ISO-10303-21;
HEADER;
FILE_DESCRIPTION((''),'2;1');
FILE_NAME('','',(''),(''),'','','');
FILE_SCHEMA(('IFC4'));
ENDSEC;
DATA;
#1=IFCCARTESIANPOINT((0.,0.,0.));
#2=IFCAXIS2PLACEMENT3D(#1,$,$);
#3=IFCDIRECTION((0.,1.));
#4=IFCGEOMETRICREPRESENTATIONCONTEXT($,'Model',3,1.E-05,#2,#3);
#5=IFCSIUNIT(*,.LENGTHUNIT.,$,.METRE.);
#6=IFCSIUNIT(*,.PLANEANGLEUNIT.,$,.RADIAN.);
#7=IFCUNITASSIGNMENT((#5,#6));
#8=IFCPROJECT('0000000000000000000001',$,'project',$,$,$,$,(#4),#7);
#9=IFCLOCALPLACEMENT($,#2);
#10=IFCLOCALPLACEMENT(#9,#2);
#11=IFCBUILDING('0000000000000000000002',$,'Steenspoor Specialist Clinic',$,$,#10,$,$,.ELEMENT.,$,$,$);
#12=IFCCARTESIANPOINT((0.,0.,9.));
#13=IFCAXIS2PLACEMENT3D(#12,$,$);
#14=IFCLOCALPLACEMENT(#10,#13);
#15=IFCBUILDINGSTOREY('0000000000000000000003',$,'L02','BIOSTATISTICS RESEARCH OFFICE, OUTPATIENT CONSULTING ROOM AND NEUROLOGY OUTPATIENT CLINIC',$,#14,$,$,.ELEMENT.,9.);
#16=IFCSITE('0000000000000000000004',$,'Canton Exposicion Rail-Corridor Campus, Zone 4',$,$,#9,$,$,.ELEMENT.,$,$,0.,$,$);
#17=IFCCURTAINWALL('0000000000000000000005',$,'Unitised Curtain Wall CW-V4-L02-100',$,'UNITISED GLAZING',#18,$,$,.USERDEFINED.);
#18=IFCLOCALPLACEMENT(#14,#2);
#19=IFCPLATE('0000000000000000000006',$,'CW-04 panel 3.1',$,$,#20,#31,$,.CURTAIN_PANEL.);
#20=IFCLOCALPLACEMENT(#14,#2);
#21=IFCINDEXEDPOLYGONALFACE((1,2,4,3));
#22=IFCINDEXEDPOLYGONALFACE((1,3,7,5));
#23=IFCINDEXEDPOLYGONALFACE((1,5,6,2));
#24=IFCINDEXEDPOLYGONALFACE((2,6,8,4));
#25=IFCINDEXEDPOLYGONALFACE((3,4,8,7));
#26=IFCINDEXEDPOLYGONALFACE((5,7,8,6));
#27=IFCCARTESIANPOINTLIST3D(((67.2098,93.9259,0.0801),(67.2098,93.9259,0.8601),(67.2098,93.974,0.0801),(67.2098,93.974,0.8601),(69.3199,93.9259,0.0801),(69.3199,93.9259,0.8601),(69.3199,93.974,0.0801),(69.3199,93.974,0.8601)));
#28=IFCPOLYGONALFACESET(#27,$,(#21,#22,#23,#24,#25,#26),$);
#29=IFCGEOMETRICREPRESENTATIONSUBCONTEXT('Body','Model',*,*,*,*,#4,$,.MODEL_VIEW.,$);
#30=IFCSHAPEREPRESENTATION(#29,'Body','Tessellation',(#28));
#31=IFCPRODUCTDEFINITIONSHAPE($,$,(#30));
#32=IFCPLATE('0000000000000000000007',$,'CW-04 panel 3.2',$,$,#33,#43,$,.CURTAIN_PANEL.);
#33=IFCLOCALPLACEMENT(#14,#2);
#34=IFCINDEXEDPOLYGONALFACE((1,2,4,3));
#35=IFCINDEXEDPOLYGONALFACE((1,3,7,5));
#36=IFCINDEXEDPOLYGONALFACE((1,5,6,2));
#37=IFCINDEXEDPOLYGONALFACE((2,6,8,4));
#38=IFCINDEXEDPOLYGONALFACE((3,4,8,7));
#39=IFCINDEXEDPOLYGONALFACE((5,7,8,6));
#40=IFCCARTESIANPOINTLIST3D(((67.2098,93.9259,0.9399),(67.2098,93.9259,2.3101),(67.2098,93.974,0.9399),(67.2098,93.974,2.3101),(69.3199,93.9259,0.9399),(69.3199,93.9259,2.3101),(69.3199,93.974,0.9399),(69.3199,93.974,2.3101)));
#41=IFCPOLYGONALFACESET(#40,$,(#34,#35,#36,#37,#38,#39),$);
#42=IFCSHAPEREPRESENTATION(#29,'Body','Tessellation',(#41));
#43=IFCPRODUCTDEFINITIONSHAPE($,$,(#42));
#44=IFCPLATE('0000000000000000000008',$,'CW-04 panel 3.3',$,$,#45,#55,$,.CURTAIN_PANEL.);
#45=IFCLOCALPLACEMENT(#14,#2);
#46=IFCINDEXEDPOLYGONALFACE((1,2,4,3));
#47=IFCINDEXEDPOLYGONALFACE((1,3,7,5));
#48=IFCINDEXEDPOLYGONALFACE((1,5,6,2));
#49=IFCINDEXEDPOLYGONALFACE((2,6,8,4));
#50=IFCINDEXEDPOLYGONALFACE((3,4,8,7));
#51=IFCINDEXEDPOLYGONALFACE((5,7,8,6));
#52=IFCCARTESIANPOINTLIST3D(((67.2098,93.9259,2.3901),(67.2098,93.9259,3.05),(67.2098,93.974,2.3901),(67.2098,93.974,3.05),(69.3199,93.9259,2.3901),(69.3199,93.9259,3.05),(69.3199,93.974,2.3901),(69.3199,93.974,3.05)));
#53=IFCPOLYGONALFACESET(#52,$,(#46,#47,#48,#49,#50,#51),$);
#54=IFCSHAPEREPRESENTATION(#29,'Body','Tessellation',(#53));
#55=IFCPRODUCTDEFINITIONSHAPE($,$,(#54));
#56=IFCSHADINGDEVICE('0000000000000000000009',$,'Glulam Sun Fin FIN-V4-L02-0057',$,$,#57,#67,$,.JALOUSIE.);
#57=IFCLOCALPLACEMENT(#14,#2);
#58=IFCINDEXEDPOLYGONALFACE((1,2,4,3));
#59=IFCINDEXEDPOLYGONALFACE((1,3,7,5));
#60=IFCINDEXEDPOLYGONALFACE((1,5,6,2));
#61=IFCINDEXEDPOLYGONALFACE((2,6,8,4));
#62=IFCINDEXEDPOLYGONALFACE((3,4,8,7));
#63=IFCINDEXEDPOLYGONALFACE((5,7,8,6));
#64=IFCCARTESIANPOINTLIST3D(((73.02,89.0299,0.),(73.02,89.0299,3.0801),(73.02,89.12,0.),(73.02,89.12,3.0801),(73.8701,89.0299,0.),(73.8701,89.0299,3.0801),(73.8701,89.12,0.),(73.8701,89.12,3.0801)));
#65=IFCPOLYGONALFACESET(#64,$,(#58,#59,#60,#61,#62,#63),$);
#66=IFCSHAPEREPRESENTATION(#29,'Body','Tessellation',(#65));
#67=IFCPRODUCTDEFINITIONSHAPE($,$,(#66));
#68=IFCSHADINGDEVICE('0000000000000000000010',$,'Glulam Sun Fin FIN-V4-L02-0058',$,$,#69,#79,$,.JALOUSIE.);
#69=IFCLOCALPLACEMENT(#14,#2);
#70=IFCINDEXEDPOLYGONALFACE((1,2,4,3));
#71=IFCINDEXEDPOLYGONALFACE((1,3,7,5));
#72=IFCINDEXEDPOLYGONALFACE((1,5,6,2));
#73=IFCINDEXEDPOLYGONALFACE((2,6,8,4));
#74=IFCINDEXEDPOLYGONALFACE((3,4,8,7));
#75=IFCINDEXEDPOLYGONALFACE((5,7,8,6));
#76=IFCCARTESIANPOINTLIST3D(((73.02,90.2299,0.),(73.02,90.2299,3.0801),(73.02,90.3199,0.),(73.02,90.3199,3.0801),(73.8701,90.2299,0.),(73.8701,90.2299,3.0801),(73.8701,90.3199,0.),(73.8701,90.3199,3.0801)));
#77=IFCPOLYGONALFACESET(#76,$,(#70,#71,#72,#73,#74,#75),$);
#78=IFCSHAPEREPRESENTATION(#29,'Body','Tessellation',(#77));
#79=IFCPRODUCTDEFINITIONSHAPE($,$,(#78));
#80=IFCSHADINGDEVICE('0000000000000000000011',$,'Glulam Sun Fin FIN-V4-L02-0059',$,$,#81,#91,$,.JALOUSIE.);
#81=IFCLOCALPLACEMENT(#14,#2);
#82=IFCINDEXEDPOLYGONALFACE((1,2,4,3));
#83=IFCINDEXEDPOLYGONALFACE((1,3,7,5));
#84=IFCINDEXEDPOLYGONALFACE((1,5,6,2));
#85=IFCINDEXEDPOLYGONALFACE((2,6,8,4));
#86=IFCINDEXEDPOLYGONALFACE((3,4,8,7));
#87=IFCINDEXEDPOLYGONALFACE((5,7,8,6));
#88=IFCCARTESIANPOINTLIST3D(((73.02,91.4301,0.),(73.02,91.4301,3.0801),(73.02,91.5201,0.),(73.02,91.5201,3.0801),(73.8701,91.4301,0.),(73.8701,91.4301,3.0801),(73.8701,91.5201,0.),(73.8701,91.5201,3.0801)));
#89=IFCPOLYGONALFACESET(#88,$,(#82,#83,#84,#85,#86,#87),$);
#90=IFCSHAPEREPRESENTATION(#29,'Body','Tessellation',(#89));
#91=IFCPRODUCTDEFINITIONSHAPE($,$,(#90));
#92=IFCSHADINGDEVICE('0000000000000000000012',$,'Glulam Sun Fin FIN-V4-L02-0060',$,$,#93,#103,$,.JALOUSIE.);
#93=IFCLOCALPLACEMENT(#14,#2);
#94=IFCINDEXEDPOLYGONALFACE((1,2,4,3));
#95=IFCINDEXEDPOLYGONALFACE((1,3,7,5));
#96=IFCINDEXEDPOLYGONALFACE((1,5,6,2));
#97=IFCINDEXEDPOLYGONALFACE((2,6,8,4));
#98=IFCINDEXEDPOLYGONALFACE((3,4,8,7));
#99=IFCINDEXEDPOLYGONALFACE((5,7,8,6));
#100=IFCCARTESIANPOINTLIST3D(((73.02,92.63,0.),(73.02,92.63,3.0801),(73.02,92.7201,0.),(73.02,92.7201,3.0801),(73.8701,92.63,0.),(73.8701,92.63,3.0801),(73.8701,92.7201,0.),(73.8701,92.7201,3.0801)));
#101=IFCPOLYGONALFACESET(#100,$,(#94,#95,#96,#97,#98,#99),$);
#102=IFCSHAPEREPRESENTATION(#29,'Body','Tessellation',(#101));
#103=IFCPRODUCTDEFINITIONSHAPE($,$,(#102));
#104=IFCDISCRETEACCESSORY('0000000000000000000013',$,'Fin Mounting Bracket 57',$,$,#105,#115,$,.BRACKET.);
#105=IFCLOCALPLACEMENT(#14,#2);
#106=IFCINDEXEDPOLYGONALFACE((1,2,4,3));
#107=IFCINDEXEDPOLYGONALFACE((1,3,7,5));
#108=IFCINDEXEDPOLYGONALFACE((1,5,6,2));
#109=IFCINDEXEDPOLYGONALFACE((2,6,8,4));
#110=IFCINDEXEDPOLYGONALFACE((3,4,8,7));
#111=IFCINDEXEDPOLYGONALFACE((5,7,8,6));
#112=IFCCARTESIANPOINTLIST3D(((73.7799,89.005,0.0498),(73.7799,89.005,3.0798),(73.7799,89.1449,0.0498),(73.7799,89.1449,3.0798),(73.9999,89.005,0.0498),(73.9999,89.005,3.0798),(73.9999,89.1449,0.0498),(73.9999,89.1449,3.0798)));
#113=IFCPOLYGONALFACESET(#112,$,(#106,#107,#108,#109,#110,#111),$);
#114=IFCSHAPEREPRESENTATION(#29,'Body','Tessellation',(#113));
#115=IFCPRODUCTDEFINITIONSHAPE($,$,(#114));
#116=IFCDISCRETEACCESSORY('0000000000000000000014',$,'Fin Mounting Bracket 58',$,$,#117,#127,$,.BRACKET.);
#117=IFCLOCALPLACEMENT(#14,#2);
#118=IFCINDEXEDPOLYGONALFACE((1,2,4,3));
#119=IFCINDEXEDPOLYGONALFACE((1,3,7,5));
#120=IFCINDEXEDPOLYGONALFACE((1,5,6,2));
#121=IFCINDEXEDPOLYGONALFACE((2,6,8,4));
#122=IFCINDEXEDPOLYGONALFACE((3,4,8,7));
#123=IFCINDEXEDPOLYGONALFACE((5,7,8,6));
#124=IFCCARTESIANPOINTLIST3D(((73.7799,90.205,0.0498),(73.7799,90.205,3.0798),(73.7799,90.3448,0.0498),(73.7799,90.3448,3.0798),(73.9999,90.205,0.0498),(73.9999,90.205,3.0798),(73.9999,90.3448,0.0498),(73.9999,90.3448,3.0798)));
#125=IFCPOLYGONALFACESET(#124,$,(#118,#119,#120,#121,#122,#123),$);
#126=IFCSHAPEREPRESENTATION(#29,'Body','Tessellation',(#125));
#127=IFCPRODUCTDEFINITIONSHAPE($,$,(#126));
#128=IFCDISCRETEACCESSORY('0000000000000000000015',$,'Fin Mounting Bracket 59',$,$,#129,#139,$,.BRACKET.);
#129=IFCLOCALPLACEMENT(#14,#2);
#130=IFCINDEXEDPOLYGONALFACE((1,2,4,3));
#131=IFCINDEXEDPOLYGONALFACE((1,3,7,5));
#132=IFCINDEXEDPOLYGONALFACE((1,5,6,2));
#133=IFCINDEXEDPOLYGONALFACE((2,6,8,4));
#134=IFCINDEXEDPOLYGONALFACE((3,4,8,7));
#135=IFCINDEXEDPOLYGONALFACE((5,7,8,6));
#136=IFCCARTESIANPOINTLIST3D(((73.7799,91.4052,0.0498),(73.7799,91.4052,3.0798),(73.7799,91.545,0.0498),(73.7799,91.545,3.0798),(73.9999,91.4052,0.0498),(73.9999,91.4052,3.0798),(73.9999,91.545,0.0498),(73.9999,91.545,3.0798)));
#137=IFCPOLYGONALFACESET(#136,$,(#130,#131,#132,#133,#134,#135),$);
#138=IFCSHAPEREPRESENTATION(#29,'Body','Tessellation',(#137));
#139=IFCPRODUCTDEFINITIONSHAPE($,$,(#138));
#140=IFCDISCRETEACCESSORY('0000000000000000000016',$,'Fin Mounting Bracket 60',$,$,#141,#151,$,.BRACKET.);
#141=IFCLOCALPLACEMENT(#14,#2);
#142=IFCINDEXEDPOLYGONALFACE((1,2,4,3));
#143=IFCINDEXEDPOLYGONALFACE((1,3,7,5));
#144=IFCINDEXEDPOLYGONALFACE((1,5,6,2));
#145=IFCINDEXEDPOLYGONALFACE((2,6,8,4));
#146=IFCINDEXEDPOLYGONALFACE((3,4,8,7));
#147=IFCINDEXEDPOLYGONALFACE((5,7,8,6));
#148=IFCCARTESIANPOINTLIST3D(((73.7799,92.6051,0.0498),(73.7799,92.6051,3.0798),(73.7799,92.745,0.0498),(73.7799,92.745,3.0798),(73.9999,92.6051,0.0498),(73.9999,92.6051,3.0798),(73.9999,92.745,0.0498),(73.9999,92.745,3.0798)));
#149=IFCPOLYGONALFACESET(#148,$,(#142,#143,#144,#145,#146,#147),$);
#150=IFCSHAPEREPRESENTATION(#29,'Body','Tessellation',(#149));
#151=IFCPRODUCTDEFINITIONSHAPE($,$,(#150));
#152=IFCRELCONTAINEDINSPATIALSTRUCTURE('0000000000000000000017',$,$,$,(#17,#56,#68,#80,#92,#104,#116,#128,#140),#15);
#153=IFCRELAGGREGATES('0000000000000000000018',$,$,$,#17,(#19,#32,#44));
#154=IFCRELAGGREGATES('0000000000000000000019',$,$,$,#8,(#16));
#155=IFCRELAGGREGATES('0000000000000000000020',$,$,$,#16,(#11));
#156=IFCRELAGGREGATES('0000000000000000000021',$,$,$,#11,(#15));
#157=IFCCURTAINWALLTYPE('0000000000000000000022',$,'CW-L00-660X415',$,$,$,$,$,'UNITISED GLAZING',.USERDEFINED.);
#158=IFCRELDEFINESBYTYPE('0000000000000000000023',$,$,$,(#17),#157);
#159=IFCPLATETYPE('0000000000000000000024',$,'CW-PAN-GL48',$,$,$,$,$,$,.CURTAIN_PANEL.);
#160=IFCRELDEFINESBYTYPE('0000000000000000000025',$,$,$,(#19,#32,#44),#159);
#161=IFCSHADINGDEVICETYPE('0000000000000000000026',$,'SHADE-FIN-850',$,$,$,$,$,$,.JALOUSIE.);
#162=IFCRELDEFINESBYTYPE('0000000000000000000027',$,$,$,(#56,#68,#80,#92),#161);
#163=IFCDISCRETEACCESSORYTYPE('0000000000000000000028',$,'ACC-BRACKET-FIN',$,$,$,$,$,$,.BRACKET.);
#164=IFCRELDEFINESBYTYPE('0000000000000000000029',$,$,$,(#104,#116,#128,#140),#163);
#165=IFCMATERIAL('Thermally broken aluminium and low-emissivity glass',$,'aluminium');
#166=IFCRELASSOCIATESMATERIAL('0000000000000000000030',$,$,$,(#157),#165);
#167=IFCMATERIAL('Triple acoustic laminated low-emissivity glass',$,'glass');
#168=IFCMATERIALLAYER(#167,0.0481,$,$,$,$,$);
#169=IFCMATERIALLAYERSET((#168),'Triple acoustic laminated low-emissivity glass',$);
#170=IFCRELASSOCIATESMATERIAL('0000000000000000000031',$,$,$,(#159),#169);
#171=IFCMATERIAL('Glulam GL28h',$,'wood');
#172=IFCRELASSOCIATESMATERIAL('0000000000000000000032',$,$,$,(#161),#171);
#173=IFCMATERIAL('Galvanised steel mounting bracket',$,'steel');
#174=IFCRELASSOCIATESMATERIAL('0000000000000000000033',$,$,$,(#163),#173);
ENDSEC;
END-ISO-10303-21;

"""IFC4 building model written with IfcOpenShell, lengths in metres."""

from ifc_helpers import new_model, si_unit, direction, frame, origin, origin_2d, place, context, subcontext, project, spatial, rectangle, extrude, material, layer, layer_set, material_profile, profile_set, type_object, element, aggregate, save


model = new_model("IFC4")

# Units and contexts
model_context = context("Model", 3, precision=1e-05, world=origin(), true_north=direction((0.0, 1.0)))
body_context = subcontext(model_context, "Body", "Model", "MODEL_VIEW")
ifc_project = project(units=[si_unit("LENGTHUNIT", "METRE"), si_unit("PLANEANGLEUNIT", "RADIAN")], contexts=[model_context])

# Site, building, storey
site_placement = place(None, origin())
site = spatial("IfcSite", under=ifc_project, at=site_placement, Name="Canton Exposicion Rail-Corridor Campus, Zone 4", CompositionType="ELEMENT", RefElevation=0.0)
building_placement = place(site_placement, origin())
building = spatial("IfcBuilding", under=site, at=building_placement, Name="Steenspoor Specialist Clinic", CompositionType="ELEMENT")
storey_placement = place(building_placement, frame((0.0, 0.0, 9.0)))
storey = spatial("IfcBuildingStorey", under=building, at=storey_placement, Name="L02", Description="BIOSTATISTICS RESEARCH OFFICE, OUTPATIENT CONSULTING ROOM AND NEUROLOGY OUTPATIENT CLINIC", CompositionType="ELEMENT", Elevation=9.0)

# Curtain wall
ifc_material_1 = material(Name="Thermally broken aluminium and low-emissivity glass", Category="aluminium")
curtain_wall_type_1 = type_object("IfcCurtainWallType", Name="CW-L00-660X415", ElementType="UNITISED GLAZING", PredefinedType="USERDEFINED", material=ifc_material_1)
curtain_wall_1_placement = place(storey_placement, origin())
curtain_wall_1 = element("IfcCurtainWall", 1, at=curtain_wall_1_placement, inside=storey, type_object=curtain_wall_type_1, Name="Unitised Curtain Wall CW-V4-L02-100", ObjectType="UNITISED GLAZING", PredefinedType="USERDEFINED")

# Plates
ifc_material_2 = material(Name="Triple acoustic laminated low-emissivity glass", Category="glass")
ifc_layer_1 = layer(ifc_material_2, 0.0481)
ifc_layer_set_1 = layer_set([ifc_layer_1], Name="Triple acoustic laminated low-emissivity glass")
plate_type_1 = type_object("IfcPlateType", Name="CW-PAN-GL48", PredefinedType="CURTAIN_PANEL", material=ifc_layer_set_1)
plate_1_placement = place(storey_placement, frame((68.2649, 93.95, 0.0801), z_axis=(0.0, 0.0, 1.0), x_axis=(-1.0, 0.0, 0.0)))
plate_1 = element("IfcPlate", 2, at=plate_1_placement, type_object=plate_type_1, Name="CW-04 panel 3.1", PredefinedType="CURTAIN_PANEL", context=body_context, shape_type="SweptSolid", body=[
    extrude(rectangle(XDim=2.1101, YDim=0.0481, at=origin_2d()), origin(), (0.0, 0.0, 1.0), 0.78),
])
plate_2_placement = place(storey_placement, frame((68.2649, 93.95, 0.9399), z_axis=(0.0, 0.0, 1.0), x_axis=(-1.0, 0.0, 0.0)))
plate_2 = element("IfcPlate", 3, at=plate_2_placement, type_object=plate_type_1, Name="CW-04 panel 3.2", PredefinedType="CURTAIN_PANEL", context=body_context, shape_type="SweptSolid", body=[
    extrude(rectangle(XDim=2.1101, YDim=0.0481, at=origin_2d()), origin(), (0.0, 0.0, 1.0), 1.3701),
])
plate_3_placement = place(storey_placement, frame((68.2649, 93.95, 2.3901), z_axis=(0.0, 0.0, 1.0), x_axis=(-1.0, 0.0, 0.0)))
plate_3 = element("IfcPlate", 4, at=plate_3_placement, type_object=plate_type_1, Name="CW-04 panel 3.3", PredefinedType="CURTAIN_PANEL", context=body_context, shape_type="SweptSolid", body=[
    extrude(rectangle(XDim=2.1101, YDim=0.0481, at=origin_2d()), origin(), (0.0, 0.0, 1.0), 0.6599),
])
aggregate(curtain_wall_1, [plate_1, plate_2, plate_3])

# Shading devices
ifc_material_3 = material(Name="Glulam GL28h", Category="wood")
ifc_material_profile_1 = material_profile(ifc_material_3, rectangle(XDim=0.0901, YDim=0.8501, at=origin_2d()), Name="GL28H-90X850")
ifc_profile_set_1 = profile_set([ifc_material_profile_1], Name="Glulam GL28h")
shading_device_type = type_object("IfcShadingDeviceType", Name="SHADE-FIN-850", PredefinedType="JALOUSIE", material=ifc_profile_set_1)
for number, where, z_axis, x_axis, name in (
    (5, (73.4451, 89.075, 0.0), (0.0, 0.0, 1.0), (0.0, 1.0, 0.0), "Glulam Sun Fin FIN-V4-L02-0057"),
    (6, (73.4451, 90.2749, 0.0), (0.0, 0.0, 1.0), (0.0, 1.0, 0.0), "Glulam Sun Fin FIN-V4-L02-0058"),
    (7, (73.4451, 91.4751, 0.0), (0.0, 0.0, 1.0), (0.0, 1.0, 0.0), "Glulam Sun Fin FIN-V4-L02-0059"),
    (8, (73.4451, 92.675, 0.0), (0.0, 0.0, 1.0), (0.0, 1.0, 0.0), "Glulam Sun Fin FIN-V4-L02-0060"),
):
    element("IfcShadingDevice", number, at=place(storey_placement, frame(where, z_axis=z_axis, x_axis=x_axis)), inside=storey, type_object=shading_device_type, Name=name, PredefinedType="JALOUSIE", context=body_context, shape_type="SweptSolid", body=[
        extrude(rectangle(XDim=0.0901, YDim=0.8501, at=origin_2d()), origin(), (0.0, 0.0, 1.0), 3.0801),
    ])

# Discrete accessories
ifc_material_4 = material(Name="Galvanised steel mounting bracket", Category="steel")
discrete_accessory_type = type_object("IfcDiscreteAccessoryType", Name="ACC-BRACKET-FIN", PredefinedType="BRACKET", material=ifc_material_4)
for number, where, z_axis, x_axis, name in (
    (9, (73.8899, 89.075, 0.0498), (0.0, 0.0, 1.0), (-1.0, 0.0, 0.0), "Fin Mounting Bracket 57"),
    (10, (73.8899, 90.2749, 0.0498), (0.0, 0.0, 1.0), (-1.0, 0.0, 0.0), "Fin Mounting Bracket 58"),
    (11, (73.8899, 91.4751, 0.0498), (0.0, 0.0, 1.0), (-1.0, 0.0, 0.0), "Fin Mounting Bracket 59"),
    (12, (73.8899, 92.675, 0.0498), (0.0, 0.0, 1.0), (-1.0, 0.0, 0.0), "Fin Mounting Bracket 60"),
):
    element("IfcDiscreteAccessory", number, at=place(storey_placement, frame(where, z_axis=z_axis, x_axis=x_axis)), inside=storey, type_object=discrete_accessory_type, Name=name, PredefinedType="BRACKET", context=body_context, shape_type="SweptSolid", body=[
        extrude(rectangle(XDim=0.22, YDim=0.1399, at=origin_2d()), origin(), (0.0, 0.0, 1.0), 3.03),
    ])

save(model, "model.ifc")
